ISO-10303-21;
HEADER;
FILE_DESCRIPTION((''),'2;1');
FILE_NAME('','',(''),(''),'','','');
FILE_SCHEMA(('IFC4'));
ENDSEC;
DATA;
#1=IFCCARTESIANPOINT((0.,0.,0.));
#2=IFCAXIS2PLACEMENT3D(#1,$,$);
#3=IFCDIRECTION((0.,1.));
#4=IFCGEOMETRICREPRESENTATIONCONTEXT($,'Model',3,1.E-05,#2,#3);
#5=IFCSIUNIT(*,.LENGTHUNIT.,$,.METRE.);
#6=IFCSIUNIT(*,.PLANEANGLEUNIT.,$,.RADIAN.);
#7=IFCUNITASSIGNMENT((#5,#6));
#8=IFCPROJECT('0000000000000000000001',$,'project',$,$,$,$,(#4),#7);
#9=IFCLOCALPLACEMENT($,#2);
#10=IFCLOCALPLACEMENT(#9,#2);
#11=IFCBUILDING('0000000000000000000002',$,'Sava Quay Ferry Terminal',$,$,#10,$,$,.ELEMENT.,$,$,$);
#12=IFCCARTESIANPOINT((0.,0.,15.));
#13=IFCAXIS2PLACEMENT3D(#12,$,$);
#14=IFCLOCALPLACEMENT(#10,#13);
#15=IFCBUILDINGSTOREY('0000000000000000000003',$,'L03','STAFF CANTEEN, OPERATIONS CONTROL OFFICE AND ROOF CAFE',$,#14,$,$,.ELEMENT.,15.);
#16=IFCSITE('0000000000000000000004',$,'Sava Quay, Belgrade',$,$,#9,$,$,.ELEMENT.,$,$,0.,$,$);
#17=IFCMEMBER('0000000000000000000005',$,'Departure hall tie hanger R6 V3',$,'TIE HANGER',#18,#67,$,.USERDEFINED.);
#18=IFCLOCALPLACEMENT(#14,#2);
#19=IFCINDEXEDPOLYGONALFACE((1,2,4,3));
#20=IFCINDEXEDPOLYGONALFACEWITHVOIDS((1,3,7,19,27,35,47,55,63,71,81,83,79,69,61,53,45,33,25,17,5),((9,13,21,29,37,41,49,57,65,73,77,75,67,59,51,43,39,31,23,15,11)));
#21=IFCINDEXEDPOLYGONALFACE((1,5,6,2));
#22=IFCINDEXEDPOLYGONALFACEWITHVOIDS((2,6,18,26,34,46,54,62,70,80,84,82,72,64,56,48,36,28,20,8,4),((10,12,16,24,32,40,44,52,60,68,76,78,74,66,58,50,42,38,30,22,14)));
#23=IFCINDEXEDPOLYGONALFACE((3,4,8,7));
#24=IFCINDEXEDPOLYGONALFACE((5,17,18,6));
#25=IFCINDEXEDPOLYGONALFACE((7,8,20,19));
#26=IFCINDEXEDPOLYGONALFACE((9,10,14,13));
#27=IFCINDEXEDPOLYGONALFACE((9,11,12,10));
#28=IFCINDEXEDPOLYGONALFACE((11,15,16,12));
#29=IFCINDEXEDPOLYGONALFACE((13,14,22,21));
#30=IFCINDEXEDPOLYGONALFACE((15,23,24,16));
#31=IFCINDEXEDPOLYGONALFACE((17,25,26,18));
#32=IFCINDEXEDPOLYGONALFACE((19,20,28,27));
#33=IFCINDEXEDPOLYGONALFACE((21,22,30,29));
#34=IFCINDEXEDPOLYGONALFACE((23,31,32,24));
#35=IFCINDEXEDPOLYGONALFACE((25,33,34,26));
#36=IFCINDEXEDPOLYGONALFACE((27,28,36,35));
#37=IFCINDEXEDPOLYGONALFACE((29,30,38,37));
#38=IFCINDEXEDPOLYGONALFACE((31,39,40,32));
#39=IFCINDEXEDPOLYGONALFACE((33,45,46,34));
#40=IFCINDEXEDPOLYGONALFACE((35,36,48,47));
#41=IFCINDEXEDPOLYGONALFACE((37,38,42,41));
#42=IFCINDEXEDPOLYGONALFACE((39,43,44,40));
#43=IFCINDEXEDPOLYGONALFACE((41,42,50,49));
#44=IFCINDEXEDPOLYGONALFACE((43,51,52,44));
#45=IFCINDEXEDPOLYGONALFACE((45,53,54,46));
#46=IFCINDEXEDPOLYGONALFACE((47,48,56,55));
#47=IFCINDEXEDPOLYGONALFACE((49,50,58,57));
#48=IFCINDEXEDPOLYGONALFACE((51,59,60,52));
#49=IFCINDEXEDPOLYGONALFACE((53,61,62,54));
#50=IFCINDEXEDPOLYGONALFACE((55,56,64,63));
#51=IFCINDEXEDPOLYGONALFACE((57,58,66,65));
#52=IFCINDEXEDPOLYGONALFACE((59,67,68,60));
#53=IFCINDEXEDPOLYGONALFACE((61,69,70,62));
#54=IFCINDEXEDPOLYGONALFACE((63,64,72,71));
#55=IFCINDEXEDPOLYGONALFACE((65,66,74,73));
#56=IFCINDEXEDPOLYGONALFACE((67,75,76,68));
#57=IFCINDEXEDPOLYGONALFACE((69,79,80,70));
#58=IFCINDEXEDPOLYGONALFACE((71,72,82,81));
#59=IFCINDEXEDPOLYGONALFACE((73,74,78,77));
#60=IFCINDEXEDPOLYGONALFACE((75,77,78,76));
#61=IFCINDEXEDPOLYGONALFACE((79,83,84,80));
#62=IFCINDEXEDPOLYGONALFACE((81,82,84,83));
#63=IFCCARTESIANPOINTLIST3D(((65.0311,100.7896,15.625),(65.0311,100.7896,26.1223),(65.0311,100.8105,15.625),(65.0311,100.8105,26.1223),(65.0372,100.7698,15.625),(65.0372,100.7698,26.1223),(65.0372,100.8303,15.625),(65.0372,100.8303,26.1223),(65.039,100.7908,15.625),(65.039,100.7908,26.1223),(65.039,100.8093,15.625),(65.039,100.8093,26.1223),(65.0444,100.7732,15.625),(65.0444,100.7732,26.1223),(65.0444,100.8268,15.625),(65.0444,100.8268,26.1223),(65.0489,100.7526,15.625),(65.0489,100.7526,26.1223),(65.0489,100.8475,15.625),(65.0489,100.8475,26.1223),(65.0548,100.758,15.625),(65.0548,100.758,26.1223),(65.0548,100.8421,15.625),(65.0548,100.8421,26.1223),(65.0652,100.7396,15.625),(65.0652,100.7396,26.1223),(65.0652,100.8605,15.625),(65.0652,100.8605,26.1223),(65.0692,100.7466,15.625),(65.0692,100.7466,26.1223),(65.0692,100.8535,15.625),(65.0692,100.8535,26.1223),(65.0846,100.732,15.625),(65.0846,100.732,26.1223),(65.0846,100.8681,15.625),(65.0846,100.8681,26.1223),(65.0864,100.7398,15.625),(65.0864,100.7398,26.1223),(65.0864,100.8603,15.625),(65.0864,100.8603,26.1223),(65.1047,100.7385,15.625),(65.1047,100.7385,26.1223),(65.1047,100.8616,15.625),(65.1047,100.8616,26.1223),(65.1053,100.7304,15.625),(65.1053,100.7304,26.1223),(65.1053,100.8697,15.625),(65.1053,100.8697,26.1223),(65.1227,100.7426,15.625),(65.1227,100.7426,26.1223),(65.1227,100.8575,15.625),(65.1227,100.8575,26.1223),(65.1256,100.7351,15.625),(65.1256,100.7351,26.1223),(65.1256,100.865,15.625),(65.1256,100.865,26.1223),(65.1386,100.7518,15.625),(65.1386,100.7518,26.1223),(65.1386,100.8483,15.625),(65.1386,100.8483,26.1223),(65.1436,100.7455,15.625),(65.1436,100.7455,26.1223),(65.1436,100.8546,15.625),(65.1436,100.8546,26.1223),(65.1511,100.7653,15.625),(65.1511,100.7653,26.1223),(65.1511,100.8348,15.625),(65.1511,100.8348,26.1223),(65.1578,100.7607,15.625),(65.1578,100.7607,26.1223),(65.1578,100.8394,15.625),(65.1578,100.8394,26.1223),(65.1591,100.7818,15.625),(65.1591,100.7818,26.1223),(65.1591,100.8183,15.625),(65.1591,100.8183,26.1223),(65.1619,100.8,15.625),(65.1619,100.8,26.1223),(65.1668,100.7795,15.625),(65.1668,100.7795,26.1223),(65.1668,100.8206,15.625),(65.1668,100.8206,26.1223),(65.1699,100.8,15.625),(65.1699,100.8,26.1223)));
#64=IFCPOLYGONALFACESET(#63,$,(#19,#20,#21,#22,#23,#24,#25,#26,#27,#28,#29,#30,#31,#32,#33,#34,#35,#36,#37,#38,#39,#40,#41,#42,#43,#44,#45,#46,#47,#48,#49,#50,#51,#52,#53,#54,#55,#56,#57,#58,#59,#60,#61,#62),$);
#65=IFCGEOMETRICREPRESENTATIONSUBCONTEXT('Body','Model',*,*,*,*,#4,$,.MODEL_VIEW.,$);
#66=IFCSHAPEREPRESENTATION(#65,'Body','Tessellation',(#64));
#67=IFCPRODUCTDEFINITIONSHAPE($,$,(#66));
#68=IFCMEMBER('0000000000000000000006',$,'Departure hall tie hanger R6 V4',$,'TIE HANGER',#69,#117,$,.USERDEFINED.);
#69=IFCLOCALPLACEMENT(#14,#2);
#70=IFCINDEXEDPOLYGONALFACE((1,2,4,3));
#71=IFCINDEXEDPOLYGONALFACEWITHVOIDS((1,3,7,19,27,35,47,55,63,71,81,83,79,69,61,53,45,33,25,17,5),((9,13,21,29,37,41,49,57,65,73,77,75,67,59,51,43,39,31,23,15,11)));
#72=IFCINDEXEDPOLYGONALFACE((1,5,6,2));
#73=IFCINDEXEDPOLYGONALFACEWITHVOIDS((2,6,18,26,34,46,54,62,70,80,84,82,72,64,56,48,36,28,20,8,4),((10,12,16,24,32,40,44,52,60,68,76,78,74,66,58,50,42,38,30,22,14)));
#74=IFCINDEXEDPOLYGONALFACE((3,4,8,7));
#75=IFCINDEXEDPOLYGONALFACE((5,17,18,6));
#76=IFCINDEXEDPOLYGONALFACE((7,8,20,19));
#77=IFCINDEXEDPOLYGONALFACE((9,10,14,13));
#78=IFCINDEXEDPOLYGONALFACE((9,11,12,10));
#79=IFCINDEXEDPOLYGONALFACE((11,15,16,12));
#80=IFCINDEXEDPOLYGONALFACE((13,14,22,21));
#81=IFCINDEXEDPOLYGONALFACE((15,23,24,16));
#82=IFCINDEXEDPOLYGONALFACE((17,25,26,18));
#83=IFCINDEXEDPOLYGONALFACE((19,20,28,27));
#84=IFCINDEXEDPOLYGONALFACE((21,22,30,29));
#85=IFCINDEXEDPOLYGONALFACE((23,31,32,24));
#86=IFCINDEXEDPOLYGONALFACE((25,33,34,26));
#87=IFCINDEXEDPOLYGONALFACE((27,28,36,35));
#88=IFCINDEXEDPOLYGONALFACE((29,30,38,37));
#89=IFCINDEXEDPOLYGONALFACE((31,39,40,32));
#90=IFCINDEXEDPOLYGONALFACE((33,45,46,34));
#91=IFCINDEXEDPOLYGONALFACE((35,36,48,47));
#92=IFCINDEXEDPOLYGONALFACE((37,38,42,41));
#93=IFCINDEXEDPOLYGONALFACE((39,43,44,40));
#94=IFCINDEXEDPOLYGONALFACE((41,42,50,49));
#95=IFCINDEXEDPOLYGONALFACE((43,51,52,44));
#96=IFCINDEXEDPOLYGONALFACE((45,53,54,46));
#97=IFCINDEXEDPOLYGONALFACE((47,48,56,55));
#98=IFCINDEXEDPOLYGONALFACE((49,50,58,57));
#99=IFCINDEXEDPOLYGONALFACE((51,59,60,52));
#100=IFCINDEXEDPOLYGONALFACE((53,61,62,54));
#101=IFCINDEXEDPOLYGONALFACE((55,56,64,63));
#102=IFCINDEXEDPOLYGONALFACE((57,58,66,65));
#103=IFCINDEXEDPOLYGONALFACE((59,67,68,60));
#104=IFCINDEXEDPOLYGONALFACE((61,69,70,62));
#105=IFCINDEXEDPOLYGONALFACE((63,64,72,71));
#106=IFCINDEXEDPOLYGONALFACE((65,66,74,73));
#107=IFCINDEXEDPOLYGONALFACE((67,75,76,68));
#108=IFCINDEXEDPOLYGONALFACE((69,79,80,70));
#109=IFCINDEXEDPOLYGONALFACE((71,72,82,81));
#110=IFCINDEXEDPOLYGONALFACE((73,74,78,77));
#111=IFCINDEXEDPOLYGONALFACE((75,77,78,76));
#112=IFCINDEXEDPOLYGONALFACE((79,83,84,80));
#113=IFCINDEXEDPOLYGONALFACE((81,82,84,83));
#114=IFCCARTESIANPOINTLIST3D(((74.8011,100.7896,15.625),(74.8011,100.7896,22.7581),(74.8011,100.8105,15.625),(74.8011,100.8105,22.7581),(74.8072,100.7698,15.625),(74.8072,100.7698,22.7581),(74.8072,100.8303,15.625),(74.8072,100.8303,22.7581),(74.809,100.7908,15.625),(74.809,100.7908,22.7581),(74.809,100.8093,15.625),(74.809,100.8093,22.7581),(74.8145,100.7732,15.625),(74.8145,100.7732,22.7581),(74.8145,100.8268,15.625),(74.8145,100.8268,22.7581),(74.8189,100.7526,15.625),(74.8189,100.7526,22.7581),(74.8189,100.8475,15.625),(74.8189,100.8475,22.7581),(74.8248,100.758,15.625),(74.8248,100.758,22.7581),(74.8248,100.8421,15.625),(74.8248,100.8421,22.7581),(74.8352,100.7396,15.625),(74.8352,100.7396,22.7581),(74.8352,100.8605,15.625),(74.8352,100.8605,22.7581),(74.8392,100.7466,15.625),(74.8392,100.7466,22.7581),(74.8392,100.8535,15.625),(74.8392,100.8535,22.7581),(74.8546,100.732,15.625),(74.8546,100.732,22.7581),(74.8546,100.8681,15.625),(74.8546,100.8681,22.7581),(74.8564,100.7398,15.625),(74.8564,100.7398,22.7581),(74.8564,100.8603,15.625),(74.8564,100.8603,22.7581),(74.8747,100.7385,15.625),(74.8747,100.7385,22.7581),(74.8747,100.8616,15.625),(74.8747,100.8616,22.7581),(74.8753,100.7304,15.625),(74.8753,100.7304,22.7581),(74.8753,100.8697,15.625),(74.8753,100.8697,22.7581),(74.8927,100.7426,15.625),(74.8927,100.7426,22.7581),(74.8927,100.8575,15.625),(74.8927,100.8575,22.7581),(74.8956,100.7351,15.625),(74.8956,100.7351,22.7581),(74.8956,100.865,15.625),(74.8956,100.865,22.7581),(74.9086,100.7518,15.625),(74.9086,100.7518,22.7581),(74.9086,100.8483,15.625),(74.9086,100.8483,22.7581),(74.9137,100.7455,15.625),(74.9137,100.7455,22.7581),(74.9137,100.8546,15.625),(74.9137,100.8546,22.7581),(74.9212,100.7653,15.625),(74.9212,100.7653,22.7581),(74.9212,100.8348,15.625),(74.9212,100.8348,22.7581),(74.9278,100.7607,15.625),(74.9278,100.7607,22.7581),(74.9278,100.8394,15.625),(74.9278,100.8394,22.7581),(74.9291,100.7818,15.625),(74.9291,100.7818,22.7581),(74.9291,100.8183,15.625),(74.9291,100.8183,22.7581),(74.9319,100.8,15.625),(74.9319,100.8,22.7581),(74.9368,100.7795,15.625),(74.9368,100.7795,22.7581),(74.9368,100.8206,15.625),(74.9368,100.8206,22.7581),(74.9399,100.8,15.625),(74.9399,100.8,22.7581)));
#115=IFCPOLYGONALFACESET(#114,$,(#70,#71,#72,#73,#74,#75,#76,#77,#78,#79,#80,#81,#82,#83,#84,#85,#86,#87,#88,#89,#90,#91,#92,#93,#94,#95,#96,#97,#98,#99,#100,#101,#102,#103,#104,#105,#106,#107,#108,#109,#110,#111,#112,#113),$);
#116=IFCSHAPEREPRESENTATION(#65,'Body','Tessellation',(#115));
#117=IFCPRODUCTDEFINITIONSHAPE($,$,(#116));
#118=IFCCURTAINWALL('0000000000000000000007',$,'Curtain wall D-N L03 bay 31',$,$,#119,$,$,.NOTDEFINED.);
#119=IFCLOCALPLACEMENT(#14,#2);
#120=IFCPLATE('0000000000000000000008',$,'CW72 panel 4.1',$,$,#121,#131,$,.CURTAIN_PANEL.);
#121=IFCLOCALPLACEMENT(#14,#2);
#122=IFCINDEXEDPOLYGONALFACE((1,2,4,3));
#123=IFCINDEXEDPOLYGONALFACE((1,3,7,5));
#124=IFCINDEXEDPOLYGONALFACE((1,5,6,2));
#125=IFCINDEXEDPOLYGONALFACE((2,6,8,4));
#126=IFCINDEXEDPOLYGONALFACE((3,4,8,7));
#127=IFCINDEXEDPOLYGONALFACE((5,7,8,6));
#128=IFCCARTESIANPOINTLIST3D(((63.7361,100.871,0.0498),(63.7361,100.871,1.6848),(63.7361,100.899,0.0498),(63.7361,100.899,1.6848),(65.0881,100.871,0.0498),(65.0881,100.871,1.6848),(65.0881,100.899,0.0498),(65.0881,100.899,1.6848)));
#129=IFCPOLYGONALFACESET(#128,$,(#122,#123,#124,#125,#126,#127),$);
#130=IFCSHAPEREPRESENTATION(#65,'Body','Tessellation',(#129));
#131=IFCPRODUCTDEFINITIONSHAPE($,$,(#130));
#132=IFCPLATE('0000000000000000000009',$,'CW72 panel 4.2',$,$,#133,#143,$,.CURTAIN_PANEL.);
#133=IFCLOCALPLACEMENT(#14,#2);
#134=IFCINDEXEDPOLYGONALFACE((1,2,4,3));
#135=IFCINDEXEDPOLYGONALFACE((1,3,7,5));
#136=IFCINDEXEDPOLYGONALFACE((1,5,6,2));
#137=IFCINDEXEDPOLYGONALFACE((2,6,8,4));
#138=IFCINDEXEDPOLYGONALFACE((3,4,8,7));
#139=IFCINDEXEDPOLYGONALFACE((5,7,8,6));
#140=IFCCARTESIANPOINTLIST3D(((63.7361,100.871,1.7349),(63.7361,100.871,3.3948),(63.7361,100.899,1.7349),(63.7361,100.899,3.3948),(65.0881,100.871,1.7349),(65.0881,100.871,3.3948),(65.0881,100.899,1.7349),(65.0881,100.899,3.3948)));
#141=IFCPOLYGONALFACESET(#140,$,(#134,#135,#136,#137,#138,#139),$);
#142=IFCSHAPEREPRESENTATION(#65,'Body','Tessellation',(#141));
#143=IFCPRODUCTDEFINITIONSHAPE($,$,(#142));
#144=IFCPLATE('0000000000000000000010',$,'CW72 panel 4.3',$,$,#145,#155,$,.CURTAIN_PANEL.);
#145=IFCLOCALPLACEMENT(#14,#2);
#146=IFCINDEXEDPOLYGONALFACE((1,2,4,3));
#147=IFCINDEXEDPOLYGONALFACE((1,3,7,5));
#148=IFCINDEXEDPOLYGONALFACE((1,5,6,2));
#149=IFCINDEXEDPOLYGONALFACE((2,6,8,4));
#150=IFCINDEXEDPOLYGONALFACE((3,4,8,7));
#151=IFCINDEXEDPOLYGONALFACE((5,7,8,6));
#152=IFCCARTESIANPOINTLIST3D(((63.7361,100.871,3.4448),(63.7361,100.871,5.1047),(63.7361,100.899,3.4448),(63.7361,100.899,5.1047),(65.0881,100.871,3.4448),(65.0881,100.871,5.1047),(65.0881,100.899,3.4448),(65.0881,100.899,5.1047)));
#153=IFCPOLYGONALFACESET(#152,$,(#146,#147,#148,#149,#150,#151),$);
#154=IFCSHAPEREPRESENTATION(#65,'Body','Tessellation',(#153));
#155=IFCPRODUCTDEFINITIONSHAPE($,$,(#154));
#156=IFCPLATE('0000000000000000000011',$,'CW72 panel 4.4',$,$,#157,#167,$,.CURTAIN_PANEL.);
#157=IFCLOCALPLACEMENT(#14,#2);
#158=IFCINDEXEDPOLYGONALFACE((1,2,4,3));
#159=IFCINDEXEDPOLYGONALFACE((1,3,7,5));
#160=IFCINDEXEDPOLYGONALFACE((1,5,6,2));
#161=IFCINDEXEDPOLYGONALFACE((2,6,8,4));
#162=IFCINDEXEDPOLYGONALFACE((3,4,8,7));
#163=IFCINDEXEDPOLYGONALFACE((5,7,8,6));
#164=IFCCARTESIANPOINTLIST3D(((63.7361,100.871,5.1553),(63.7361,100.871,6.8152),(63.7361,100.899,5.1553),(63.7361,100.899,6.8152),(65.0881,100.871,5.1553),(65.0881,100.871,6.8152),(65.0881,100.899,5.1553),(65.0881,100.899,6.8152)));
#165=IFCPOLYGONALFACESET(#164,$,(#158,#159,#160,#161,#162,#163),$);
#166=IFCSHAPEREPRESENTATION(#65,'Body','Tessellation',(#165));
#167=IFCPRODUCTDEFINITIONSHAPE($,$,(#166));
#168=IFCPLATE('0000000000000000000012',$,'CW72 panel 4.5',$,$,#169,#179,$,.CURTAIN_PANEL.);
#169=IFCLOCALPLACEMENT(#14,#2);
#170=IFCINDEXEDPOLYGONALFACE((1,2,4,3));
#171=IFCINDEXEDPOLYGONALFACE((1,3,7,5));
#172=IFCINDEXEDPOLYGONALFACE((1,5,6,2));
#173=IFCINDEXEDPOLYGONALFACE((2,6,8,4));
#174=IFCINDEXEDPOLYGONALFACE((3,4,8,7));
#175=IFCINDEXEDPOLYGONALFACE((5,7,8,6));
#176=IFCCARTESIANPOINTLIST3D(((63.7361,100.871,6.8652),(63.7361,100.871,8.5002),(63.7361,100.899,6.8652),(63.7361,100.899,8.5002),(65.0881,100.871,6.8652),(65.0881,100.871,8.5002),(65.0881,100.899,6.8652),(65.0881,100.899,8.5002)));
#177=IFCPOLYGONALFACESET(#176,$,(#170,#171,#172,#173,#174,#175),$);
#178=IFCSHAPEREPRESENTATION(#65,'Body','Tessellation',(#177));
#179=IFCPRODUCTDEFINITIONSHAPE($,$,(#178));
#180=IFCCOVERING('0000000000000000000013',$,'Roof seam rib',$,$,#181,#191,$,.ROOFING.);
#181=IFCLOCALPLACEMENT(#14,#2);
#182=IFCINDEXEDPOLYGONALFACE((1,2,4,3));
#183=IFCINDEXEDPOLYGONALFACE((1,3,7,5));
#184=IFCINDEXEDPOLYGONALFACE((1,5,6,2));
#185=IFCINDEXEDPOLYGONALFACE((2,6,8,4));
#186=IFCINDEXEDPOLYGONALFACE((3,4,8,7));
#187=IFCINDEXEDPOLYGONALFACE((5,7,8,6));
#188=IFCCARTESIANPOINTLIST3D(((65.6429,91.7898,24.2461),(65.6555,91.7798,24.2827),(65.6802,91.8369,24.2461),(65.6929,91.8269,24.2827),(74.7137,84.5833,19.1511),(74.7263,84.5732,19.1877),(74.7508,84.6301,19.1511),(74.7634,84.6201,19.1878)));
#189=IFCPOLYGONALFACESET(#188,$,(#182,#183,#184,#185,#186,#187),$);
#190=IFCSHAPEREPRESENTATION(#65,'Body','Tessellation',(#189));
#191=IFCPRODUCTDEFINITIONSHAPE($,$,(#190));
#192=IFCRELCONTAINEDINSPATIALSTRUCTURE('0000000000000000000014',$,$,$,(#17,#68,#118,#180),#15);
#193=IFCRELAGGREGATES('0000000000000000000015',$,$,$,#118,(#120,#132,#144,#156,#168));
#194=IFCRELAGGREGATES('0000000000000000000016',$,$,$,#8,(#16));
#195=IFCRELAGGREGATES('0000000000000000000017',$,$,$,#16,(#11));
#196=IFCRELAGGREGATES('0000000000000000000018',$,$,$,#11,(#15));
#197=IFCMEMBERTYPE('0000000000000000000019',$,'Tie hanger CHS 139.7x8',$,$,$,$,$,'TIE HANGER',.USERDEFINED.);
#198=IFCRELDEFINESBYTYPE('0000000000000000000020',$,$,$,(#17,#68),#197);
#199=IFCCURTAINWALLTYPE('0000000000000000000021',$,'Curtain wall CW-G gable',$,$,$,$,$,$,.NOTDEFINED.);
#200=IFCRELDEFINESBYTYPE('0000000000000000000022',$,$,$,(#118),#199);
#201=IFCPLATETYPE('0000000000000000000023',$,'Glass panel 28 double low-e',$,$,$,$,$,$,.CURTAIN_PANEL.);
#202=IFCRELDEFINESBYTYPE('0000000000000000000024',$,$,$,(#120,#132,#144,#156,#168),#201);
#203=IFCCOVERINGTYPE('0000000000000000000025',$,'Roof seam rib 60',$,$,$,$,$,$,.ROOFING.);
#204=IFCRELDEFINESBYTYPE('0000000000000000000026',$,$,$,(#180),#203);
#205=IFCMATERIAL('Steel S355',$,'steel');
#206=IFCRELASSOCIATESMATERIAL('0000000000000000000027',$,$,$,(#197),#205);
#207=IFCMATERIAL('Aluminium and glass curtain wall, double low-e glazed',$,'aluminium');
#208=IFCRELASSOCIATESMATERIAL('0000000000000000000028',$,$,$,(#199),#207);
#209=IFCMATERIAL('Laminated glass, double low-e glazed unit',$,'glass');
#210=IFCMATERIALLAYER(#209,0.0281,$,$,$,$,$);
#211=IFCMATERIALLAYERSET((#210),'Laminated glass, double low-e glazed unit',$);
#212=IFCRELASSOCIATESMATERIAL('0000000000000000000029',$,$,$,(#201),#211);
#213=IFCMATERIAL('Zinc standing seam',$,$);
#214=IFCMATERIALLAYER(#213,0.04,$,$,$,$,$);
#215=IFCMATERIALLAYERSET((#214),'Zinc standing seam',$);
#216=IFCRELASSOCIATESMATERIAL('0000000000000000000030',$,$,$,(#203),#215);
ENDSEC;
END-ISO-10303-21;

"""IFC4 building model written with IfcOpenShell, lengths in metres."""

from ifc_helpers import new_model, si_unit, direction, frame, origin, origin_2d, place, context, subcontext, project, spatial, polyline, rectangle, hollow_circle, outline, extrude, material, layer, layer_set, material_profile, profile_set, type_object, element, aggregate, save


model = new_model("IFC4")

# Units and contexts
model_context = context("Model", 3, precision=1e-05, world=origin(), true_north=direction((0.0, 1.0)))
body_context = subcontext(model_context, "Body", "Model", "MODEL_VIEW")
ifc_project = project(units=[si_unit("LENGTHUNIT", "METRE"), si_unit("PLANEANGLEUNIT", "RADIAN")], contexts=[model_context])

# Site, building, storey
site_placement = place(None, origin())
site = spatial("IfcSite", under=ifc_project, at=site_placement, Name="Sava Quay, Belgrade", CompositionType="ELEMENT", RefElevation=0.0)
building_placement = place(site_placement, origin())
building = spatial("IfcBuilding", under=site, at=building_placement, Name="Sava Quay Ferry Terminal", CompositionType="ELEMENT")
storey_placement = place(building_placement, frame((0.0, 0.0, 15.0)))
storey = spatial("IfcBuildingStorey", under=building, at=storey_placement, Name="L03", Description="STAFF CANTEEN, OPERATIONS CONTROL OFFICE AND ROOF CAFE", CompositionType="ELEMENT", Elevation=15.0)

# Members
ifc_material_1 = material(Name="Steel S355", Category="steel")
ifc_material_profile_1 = material_profile(ifc_material_1, hollow_circle(Radius=0.0698, WallThickness=0.0081, at=origin_2d()), Name="CHS 139.7 x 8.0")
ifc_profile_set_1 = profile_set([ifc_material_profile_1], Name="Steel S355")
member_type_1 = type_object("IfcMemberType", Name="Tie hanger CHS 139.7x8", ElementType="TIE HANGER", PredefinedType="USERDEFINED", material=ifc_profile_set_1)
member_1_placement = place(storey_placement, frame((65.1001, 100.8, 15.625), z_axis=(0.0, 0.0, 1.0), x_axis=(1.0, 0.0, 0.0)))
element("IfcMember", 1, at=member_1_placement, inside=storey, type_object=member_type_1, Name="Departure hall tie hanger R6 V3", ObjectType="TIE HANGER", PredefinedType="USERDEFINED", context=body_context, shape_type="SweptSolid", body=[
    extrude(hollow_circle(Radius=0.0698, WallThickness=0.0081, at=origin_2d()), origin(), (0.0, 0.0, 1.0), 10.4973),
])
member_2_placement = place(storey_placement, frame((74.8701, 100.8, 15.625), z_axis=(0.0, 0.0, 1.0), x_axis=(1.0, 0.0, 0.0)))
element("IfcMember", 2, at=member_2_placement, inside=storey, type_object=member_type_1, Name="Departure hall tie hanger R6 V4", ObjectType="TIE HANGER", PredefinedType="USERDEFINED", context=body_context, shape_type="SweptSolid", body=[
    extrude(hollow_circle(Radius=0.0698, WallThickness=0.0081, at=origin_2d()), origin(), (0.0, 0.0, 1.0), 7.1331),
])

# Curtain wall, plates
ifc_material_2 = material(Name="Aluminium and glass curtain wall, double low-e glazed", Category="aluminium")
curtain_wall_type = type_object("IfcCurtainWallType", Name="Curtain wall CW-G gable", PredefinedType="NOTDEFINED", material=ifc_material_2)
curtain_wall_placement = place(storey_placement, origin())
curtain_wall = element("IfcCurtainWall", 3, at=curtain_wall_placement, inside=storey, type_object=curtain_wall_type, Name="Curtain wall D-N L03 bay 31", PredefinedType="NOTDEFINED")
ifc_material_3 = material(Name="Laminated glass, double low-e glazed unit", Category="glass")
ifc_layer_1 = layer(ifc_material_3, 0.0281)
ifc_layer_set_1 = layer_set([ifc_layer_1], Name="Laminated glass, double low-e glazed unit")
plate_type = type_object("IfcPlateType", Name="Glass panel 28 double low-e", PredefinedType="CURTAIN_PANEL", material=ifc_layer_set_1)
plate_1_placement = place(storey_placement, frame((64.4121, 100.885, 0.0498), z_axis=(0.0, 0.0, 1.0), x_axis=(1.0, 0.0, 0.0)))
plate_1 = element("IfcPlate", 4, at=plate_1_placement, type_object=plate_type, Name="CW72 panel 4.1", PredefinedType="CURTAIN_PANEL", context=body_context, shape_type="SweptSolid", body=[
    extrude(rectangle(XDim=1.3521, YDim=0.0281, at=origin_2d()), origin(), (0.0, 0.0, 1.0), 1.635),
])
plate_2_placement = place(storey_placement, frame((64.4121, 100.885, 1.7349), z_axis=(0.0, 0.0, 1.0), x_axis=(1.0, 0.0, 0.0)))
plate_2 = element("IfcPlate", 5, at=plate_2_placement, type_object=plate_type, Name="CW72 panel 4.2", PredefinedType="CURTAIN_PANEL", context=body_context, shape_type="SweptSolid", body=[
    extrude(rectangle(XDim=1.3521, YDim=0.0281, at=origin_2d()), origin(), (0.0, 0.0, 1.0), 1.6599),
])
plate_3_placement = place(storey_placement, frame((64.4121, 100.885, 3.4448), z_axis=(0.0, 0.0, 1.0), x_axis=(1.0, 0.0, 0.0)))
plate_3 = element("IfcPlate", 6, at=plate_3_placement, type_object=plate_type, Name="CW72 panel 4.3", PredefinedType="CURTAIN_PANEL", context=body_context, shape_type="SweptSolid", body=[
    extrude(rectangle(XDim=1.3521, YDim=0.0281, at=origin_2d()), origin(), (0.0, 0.0, 1.0), 1.6599),
])
plate_4_placement = place(storey_placement, frame((64.4121, 100.885, 5.1553), z_axis=(0.0, 0.0, 1.0), x_axis=(1.0, 0.0, 0.0)))
plate_4 = element("IfcPlate", 7, at=plate_4_placement, type_object=plate_type, Name="CW72 panel 4.4", PredefinedType="CURTAIN_PANEL", context=body_context, shape_type="SweptSolid", body=[
    extrude(rectangle(XDim=1.3521, YDim=0.0281, at=origin_2d()), origin(), (0.0, 0.0, 1.0), 1.6599),
])
plate_5_placement = place(storey_placement, frame((64.4121, 100.885, 6.8652), z_axis=(0.0, 0.0, 1.0), x_axis=(1.0, 0.0, 0.0)))
plate_5 = element("IfcPlate", 8, at=plate_5_placement, type_object=plate_type, Name="CW72 panel 4.5", PredefinedType="CURTAIN_PANEL", context=body_context, shape_type="SweptSolid", body=[
    extrude(rectangle(XDim=1.3521, YDim=0.0281, at=origin_2d()), origin(), (0.0, 0.0, 1.0), 1.635),
])
aggregate(curtain_wall, [plate_1, plate_2, plate_3, plate_4, plate_5])

# Covering
ifc_material_4 = material(Name="Zinc standing seam")
ifc_layer_2 = layer(ifc_material_4, 0.04)
ifc_layer_set_2 = layer_set([ifc_layer_2], Name="Zinc standing seam")
covering_type = type_object("IfcCoveringType", Name="Roof seam rib 60", PredefinedType="ROOFING", material=ifc_layer_set_2)
covering_1_placement = place(storey_placement, frame((74.7263, 84.5732, 19.1877), z_axis=(0.315556, -0.249986, 0.915386), x_axis=(-0.716724, 0.56942, 0.402577)))
element("IfcCovering", 9, at=covering_1_placement, inside=storey, type_object=covering_type, Name="Roof seam rib", PredefinedType="ROOFING", context=body_context, shape_type="SweptSolid", body=[
    extrude(outline(polyline([(0.0, 0.0), (12.6559, 0.0), (12.656, -0.0601), (0.0001, -0.0598), (0.0, 0.0)])), origin(), (0.0, 0.0, -1.0), 0.04),
])

save(model, "model.ifc")
